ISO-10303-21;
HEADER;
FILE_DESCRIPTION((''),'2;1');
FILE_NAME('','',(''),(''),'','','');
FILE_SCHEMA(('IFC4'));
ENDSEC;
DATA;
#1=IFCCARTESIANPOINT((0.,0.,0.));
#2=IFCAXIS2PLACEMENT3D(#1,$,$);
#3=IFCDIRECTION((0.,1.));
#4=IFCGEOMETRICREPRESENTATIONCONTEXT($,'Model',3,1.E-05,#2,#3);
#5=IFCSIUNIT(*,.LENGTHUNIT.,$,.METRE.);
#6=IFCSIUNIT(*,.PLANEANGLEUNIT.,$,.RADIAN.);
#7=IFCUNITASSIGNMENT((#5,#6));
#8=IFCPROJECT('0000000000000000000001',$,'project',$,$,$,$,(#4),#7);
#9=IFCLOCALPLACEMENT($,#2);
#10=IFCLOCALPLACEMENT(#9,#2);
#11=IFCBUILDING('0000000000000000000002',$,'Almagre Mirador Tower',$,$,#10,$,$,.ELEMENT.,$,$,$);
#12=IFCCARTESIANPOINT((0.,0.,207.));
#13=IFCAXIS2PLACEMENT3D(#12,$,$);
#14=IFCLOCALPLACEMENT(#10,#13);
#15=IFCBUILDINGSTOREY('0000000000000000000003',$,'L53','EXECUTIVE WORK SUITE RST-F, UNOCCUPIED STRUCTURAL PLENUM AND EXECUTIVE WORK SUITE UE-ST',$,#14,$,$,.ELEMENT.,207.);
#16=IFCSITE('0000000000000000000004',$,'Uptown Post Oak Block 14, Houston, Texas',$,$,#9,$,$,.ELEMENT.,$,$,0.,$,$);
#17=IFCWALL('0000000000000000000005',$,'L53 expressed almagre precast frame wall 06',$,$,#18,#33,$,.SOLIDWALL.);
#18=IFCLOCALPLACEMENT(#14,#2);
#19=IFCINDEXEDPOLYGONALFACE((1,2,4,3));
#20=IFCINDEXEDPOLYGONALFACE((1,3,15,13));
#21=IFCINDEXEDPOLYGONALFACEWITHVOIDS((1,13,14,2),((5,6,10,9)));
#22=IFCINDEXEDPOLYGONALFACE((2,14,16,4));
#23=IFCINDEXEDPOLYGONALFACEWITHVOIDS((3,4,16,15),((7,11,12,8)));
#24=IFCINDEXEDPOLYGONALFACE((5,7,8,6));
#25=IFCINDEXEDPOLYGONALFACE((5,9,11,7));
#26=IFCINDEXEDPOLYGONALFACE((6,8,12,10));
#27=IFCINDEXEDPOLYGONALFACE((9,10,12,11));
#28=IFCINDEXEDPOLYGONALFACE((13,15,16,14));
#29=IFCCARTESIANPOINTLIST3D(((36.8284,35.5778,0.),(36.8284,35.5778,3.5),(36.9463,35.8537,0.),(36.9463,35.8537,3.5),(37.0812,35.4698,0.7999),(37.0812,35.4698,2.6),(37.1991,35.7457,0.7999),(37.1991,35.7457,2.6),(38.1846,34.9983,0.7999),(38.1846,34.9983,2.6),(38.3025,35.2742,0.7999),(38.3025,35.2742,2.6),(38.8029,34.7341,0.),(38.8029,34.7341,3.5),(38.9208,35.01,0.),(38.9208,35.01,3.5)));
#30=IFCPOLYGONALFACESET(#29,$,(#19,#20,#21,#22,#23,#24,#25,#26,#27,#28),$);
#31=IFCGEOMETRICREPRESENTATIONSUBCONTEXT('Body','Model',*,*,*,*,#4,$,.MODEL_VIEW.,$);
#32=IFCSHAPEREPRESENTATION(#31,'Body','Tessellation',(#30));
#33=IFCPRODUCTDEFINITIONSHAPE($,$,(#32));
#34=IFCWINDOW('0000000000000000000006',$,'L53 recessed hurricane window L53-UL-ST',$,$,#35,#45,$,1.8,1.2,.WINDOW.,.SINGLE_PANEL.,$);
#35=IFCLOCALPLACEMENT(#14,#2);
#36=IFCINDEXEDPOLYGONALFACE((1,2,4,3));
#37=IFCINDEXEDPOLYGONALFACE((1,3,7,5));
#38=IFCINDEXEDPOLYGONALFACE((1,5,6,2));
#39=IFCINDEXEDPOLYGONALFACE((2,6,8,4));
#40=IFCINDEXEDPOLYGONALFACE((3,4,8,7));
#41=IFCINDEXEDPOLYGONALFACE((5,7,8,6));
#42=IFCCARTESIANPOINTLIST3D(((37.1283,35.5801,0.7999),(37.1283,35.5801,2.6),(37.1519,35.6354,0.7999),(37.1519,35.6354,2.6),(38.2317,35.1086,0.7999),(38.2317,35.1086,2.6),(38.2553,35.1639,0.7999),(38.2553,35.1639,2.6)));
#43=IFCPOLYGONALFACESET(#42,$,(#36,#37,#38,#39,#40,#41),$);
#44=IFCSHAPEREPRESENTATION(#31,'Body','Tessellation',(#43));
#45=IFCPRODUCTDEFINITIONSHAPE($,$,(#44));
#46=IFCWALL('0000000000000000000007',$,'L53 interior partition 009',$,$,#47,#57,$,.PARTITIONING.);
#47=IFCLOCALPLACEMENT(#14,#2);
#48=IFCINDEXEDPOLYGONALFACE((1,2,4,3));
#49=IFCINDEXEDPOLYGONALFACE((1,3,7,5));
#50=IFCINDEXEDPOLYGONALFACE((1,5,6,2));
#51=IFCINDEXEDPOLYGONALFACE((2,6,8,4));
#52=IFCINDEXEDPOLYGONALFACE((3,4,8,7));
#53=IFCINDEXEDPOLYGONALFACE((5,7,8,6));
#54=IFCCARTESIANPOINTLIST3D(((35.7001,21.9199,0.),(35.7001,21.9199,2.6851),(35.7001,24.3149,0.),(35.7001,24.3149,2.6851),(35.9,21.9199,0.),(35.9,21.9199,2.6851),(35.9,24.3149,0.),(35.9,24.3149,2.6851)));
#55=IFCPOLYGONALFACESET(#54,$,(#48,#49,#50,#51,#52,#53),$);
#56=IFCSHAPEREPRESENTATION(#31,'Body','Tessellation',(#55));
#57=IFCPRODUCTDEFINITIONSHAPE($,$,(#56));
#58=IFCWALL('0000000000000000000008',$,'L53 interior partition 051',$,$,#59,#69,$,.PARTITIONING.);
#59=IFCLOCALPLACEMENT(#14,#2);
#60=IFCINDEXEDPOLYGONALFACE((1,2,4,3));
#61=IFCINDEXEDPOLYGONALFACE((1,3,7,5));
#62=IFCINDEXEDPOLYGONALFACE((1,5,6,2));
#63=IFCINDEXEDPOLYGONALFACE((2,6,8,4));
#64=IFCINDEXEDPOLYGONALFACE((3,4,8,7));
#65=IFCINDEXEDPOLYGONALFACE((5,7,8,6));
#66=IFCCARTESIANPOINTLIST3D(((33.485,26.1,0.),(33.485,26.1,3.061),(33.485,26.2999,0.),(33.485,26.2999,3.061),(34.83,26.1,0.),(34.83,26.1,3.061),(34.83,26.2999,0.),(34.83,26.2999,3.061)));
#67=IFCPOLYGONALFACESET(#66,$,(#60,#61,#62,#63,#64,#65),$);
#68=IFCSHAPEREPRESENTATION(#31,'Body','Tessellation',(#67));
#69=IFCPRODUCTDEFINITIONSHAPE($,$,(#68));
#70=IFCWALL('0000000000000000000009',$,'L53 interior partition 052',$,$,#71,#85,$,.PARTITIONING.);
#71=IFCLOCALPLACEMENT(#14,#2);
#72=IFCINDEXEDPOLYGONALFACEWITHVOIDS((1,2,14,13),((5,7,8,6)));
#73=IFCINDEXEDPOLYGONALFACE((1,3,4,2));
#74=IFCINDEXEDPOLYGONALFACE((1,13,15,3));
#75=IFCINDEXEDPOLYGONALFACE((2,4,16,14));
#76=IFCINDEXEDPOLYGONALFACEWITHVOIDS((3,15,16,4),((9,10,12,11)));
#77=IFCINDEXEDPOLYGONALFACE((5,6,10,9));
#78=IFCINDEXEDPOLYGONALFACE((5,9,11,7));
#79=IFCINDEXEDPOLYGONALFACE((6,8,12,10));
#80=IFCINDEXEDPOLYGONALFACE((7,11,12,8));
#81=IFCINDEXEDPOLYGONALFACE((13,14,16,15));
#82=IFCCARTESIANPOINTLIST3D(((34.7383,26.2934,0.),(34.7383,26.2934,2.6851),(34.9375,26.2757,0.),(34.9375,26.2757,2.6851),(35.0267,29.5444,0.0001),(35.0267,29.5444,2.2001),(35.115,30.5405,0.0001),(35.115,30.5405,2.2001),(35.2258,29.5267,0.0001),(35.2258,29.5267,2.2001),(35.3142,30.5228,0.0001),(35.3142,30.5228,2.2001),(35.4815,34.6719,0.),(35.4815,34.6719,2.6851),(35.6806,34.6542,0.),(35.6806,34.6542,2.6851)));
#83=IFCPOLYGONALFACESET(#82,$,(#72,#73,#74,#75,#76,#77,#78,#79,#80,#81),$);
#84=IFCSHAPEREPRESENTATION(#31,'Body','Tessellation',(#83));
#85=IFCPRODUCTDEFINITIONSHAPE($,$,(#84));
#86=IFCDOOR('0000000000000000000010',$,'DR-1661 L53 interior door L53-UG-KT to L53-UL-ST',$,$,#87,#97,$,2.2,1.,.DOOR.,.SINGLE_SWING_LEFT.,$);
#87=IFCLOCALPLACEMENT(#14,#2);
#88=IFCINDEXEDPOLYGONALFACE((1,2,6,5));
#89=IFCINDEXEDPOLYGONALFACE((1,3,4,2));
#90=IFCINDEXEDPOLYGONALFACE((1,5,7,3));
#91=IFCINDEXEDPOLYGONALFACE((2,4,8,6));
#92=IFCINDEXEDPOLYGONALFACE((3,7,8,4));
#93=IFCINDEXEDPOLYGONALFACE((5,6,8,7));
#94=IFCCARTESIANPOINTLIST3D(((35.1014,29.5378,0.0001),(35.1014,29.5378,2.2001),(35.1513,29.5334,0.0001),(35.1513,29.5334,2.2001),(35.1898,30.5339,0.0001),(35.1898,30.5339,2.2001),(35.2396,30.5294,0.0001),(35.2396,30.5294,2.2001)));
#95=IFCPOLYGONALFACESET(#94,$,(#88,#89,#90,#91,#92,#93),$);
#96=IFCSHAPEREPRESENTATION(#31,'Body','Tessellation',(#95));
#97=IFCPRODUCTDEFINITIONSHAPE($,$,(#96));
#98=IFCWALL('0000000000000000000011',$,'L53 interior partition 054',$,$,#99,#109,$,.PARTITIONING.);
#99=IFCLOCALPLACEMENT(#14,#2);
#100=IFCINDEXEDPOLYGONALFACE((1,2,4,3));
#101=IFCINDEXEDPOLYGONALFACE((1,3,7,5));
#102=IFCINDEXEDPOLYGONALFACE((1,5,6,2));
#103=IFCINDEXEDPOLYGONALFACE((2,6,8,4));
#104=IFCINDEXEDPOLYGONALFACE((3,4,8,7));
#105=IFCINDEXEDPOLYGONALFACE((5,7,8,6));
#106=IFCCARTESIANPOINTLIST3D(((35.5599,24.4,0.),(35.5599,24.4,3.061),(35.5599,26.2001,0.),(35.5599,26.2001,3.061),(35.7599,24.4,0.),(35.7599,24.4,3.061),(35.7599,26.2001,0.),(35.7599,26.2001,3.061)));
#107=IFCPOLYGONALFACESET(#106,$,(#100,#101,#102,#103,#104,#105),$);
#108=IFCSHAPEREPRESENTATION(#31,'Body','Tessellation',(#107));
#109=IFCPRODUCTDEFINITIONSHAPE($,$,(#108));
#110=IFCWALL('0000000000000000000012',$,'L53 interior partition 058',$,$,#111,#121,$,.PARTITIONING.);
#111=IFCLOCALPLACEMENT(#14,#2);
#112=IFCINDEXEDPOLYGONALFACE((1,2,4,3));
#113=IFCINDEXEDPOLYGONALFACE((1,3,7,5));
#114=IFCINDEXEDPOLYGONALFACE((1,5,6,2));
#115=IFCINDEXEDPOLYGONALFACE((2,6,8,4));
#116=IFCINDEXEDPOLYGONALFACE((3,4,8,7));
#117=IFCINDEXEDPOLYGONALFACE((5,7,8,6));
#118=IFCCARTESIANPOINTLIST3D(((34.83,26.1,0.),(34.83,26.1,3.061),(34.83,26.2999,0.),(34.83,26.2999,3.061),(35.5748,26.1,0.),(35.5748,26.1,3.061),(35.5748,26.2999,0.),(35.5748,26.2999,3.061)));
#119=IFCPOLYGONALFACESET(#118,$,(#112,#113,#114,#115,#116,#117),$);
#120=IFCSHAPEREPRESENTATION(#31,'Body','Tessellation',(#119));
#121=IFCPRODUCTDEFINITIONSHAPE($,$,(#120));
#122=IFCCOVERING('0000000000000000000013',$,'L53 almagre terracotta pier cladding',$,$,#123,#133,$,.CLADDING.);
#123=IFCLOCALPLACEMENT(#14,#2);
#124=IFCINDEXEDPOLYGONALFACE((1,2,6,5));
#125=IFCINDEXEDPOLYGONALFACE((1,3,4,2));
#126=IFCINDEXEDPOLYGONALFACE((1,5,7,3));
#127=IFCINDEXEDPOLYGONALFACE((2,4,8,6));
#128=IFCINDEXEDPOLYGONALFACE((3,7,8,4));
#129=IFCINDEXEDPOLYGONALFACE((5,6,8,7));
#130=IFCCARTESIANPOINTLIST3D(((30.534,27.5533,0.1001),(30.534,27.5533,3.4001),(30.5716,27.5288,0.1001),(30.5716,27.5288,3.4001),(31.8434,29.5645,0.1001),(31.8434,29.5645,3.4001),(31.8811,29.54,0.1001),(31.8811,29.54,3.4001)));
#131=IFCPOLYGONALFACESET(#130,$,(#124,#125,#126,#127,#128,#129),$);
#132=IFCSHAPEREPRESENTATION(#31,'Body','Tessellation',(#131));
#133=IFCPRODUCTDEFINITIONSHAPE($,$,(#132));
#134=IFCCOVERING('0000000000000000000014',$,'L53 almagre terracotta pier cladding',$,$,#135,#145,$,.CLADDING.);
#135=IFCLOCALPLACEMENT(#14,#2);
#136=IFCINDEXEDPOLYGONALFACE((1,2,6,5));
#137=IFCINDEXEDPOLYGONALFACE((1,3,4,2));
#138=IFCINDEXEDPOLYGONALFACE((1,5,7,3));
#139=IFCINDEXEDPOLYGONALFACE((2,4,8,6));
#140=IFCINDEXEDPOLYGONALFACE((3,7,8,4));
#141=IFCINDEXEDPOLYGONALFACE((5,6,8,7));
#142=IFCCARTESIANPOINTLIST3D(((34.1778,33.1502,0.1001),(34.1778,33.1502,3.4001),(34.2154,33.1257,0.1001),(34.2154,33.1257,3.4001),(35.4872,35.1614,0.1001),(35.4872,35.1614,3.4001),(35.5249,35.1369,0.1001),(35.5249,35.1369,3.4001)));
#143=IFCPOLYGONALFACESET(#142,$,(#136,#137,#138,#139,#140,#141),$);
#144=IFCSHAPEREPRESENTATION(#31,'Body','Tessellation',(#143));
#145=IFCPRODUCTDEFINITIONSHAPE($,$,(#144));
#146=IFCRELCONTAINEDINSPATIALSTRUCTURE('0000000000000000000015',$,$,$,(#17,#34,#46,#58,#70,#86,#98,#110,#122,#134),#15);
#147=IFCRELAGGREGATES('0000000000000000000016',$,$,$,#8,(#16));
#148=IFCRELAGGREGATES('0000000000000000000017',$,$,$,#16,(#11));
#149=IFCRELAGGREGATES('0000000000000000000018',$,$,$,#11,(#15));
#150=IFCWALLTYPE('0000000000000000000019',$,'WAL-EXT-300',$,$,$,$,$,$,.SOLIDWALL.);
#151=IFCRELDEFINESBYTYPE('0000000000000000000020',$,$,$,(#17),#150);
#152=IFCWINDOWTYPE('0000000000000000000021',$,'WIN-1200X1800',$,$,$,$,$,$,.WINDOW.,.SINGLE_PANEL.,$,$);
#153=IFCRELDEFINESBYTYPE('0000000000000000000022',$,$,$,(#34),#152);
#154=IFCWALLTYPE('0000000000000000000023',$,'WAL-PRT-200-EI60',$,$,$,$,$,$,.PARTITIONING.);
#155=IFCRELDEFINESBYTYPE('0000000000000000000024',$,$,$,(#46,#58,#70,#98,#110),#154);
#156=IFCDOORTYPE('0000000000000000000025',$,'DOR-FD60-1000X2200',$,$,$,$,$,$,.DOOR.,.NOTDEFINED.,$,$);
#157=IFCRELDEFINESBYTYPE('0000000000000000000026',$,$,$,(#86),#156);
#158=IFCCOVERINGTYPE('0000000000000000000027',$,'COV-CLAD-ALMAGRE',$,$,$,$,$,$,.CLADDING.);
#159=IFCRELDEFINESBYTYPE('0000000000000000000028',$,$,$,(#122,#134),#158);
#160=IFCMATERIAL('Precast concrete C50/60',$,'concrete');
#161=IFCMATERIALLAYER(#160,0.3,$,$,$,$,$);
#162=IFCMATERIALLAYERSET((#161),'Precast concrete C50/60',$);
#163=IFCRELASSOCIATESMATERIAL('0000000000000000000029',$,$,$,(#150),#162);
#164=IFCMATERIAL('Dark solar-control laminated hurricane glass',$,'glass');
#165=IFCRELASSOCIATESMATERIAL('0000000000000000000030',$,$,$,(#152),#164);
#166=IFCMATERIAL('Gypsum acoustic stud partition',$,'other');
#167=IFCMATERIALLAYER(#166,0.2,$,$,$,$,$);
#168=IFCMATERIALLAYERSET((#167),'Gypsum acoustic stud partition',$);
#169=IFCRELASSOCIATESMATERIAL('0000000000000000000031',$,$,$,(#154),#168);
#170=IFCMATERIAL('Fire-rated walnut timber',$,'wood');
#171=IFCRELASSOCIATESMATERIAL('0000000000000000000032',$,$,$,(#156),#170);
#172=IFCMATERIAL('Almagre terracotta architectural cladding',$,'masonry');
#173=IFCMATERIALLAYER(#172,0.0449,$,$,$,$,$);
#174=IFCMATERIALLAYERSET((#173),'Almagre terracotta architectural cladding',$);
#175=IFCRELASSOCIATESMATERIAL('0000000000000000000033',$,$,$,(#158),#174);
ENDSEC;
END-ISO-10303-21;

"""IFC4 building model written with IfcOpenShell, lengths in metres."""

from ifc_helpers import new_model, si_unit, direction, frame, frame_2d, origin, origin_2d, place, context, subcontext, project, spatial, rectangle, extrude, material, layer, layer_set, type_object, element, fill, save


model = new_model("IFC4")

# Units and contexts
model_context = context("Model", 3, precision=1e-05, world=origin(), true_north=direction((0.0, 1.0)))
body_context = subcontext(model_context, "Body", "Model", "MODEL_VIEW")
ifc_project = project(units=[si_unit("LENGTHUNIT", "METRE"), si_unit("PLANEANGLEUNIT", "RADIAN")], contexts=[model_context])

# Site, building, storey
site_placement = place(None, origin())
site = spatial("IfcSite", under=ifc_project, at=site_placement, Name="Uptown Post Oak Block 14, Houston, Texas", CompositionType="ELEMENT", RefElevation=0.0)
building_placement = place(site_placement, origin())
building = spatial("IfcBuilding", under=site, at=building_placement, Name="Almagre Mirador Tower", CompositionType="ELEMENT")
storey_placement = place(building_placement, frame((0.0, 0.0, 207.0)))
storey = spatial("IfcBuildingStorey", under=building, at=storey_placement, Name="L53", Description="EXECUTIVE WORK SUITE RST-F, UNOCCUPIED STRUCTURAL PLENUM AND EXECUTIVE WORK SUITE UE-ST", CompositionType="ELEMENT", Elevation=207.0)

# Shared definitions
ifc_material_1 = material(Name="Precast concrete C50/60", Category="concrete")
ifc_layer_1 = layer(ifc_material_1, 0.3)
ifc_layer_set_1 = layer_set([ifc_layer_1], Name="Precast concrete C50/60")
wall_type_1 = type_object("IfcWallType", Name="WAL-EXT-300", PredefinedType="SOLIDWALL", material=ifc_layer_set_1)

# Wall, opening, window
wall_1_placement = place(storey_placement, frame((36.8872, 35.7158, 0.0), z_axis=(0.0, 0.0, 1.0), x_axis=(0.919568, -0.392931, 0.0)))
wall_1 = element("IfcWall", 1, at=wall_1_placement, inside=storey, type_object=wall_type_1, Name="L53 expressed almagre precast frame wall 06", PredefinedType="SOLIDWALL", context=body_context, shape_type="SweptSolid", body=[
    extrude(rectangle(XDim=2.1472, YDim=0.3, at=frame_2d((1.0737, 0.0))), origin(), (0.0, 0.0, 1.0), 3.5),
])
opening_1_placement = place(wall_1_placement, frame((0.2749, 0.0, 0.8)))
opening_1 = element("IfcOpeningElement", 2, at=opening_1_placement, cuts=wall_1, PredefinedType="OPENING", context=body_context, shape_type="SweptSolid", body=[
    extrude(rectangle(XDim=1.2, YDim=1.8, at=frame_2d((0.6001, 0.8999))), frame((0.0, 0.1599, 0.0), z_axis=(0.0, -1.0, 0.0), x_axis=(1.0, 0.0, 0.0)), (0.0, 0.0, 1.0), 0.32),
])
ifc_material_2 = material(Name="Dark solar-control laminated hurricane glass", Category="glass")
window_type_1 = type_object("IfcWindowType", Name="WIN-1200X1800", PartitioningType="SINGLE_PANEL", PredefinedType="WINDOW", material=ifc_material_2)
window_1_placement = place(opening_1_placement, origin())
window_1 = element("IfcWindow", 3, at=window_1_placement, inside=storey, type_object=window_type_1, Name="L53 recessed hurricane window L53-UL-ST", OverallHeight=1.8, OverallWidth=1.2, PartitioningType="SINGLE_PANEL", PredefinedType="WINDOW", context=body_context, shape_type="SweptSolid", body=[
    extrude(rectangle(XDim=1.2, YDim=1.8, at=frame_2d((0.6001, 0.8999))), frame((0.0, 0.03, 0.0), z_axis=(0.0, -1.0, 0.0), x_axis=(1.0, 0.0, 0.0)), (0.0, 0.0, 1.0), 0.0601),
])
fill(opening_1, window_1)

# Walls
ifc_material_3 = material(Name="Gypsum acoustic stud partition", Category="other")
ifc_layer_2 = layer(ifc_material_3, 0.2)
ifc_layer_set_2 = layer_set([ifc_layer_2], Name="Gypsum acoustic stud partition")
wall_type_2 = type_object("IfcWallType", Name="WAL-PRT-200-EI60", PredefinedType="PARTITIONING", material=ifc_layer_set_2)
wall_2_placement = place(storey_placement, frame((35.8, 24.3149, 0.0), z_axis=(0.0, 0.0, 1.0), x_axis=(0.0, -1.0, 0.0)))
element("IfcWall", 4, at=wall_2_placement, inside=storey, type_object=wall_type_2, Name="L53 interior partition 009", PredefinedType="PARTITIONING", context=body_context, shape_type="SweptSolid", body=[
    extrude(rectangle(XDim=2.395, YDim=0.2, at=frame_2d((1.1975, 0.0))), origin(), (0.0, 0.0, 1.0), 2.6851),
])
wall_3_placement = place(storey_placement, frame((33.4851, 26.2, 0.0), z_axis=(0.0, 0.0, 1.0), x_axis=(1.0, 0.0, 0.0)))
element("IfcWall", 5, at=wall_3_placement, inside=storey, type_object=wall_type_2, Name="L53 interior partition 051", PredefinedType="PARTITIONING", context=body_context, shape_type="SweptSolid", body=[
    extrude(rectangle(XDim=1.345, YDim=0.2, at=frame_2d((0.6724, 0.0))), origin(), (0.0, 0.0, 1.0), 3.061),
])

# Wall, opening, door
wall_4_placement = place(storey_placement, frame((34.8379, 26.2847, 0.0), z_axis=(0.0, 0.0, 1.0), x_axis=(0.088353, 0.996089, 0.0)))
wall_4 = element("IfcWall", 6, at=wall_4_placement, inside=storey, type_object=wall_type_2, Name="L53 interior partition 052", PredefinedType="PARTITIONING", context=body_context, shape_type="SweptSolid", body=[
    extrude(rectangle(XDim=8.4114, YDim=0.2, at=frame_2d((4.2056, 0.0))), origin(), (0.0, 0.0, 1.0), 2.6851),
])
opening_2_placement = place(wall_4_placement, frame((3.2637, 0.0, 0.0)))
opening_2 = element("IfcOpeningElement", 7, at=opening_2_placement, cuts=wall_4, PredefinedType="OPENING", context=body_context, shape_type="SweptSolid", body=[
    extrude(rectangle(XDim=1.0, YDim=2.2, at=frame_2d((0.5, 1.1001))), frame((0.0, 0.1101, 0.0), z_axis=(0.0, -1.0, 0.0), x_axis=(1.0, 0.0, 0.0)), (0.0, 0.0, 1.0), 0.22),
])
ifc_material_4 = material(Name="Fire-rated walnut timber", Category="wood")
door_type = type_object("IfcDoorType", Name="DOR-FD60-1000X2200", OperationType="NOTDEFINED", PredefinedType="DOOR", material=ifc_material_4)
door_placement = place(opening_2_placement, origin())
door = element("IfcDoor", 8, at=door_placement, inside=storey, type_object=door_type, Name="DR-1661 L53 interior door L53-UG-KT to L53-UL-ST", OperationType="SINGLE_SWING_LEFT", OverallHeight=2.2, OverallWidth=1.0, PredefinedType="DOOR", context=body_context, shape_type="SweptSolid", body=[
    extrude(rectangle(XDim=1.0, YDim=2.2, at=frame_2d((0.5, 1.1001))), frame((0.0, 0.0249, 0.0), z_axis=(0.0, -1.0, 0.0), x_axis=(1.0, 0.0, 0.0)), (0.0, 0.0, 1.0), 0.05),
])
fill(opening_2, door)

# Walls
wall_5_placement = place(storey_placement, frame((35.6599, 26.2, 0.0), z_axis=(0.0, 0.0, 1.0), x_axis=(0.0, -1.0, 0.0)))
element("IfcWall", 9, at=wall_5_placement, inside=storey, type_object=wall_type_2, Name="L53 interior partition 054", PredefinedType="PARTITIONING", context=body_context, shape_type="SweptSolid", body=[
    extrude(rectangle(XDim=1.8, YDim=0.2, at=frame_2d((0.8999, 0.0))), origin(), (0.0, 0.0, 1.0), 3.061),
])
wall_6_placement = place(storey_placement, frame((35.575, 26.2, 0.0), z_axis=(0.0, 0.0, 1.0), x_axis=(-1.0, 0.0, 0.0)))
element("IfcWall", 10, at=wall_6_placement, inside=storey, type_object=wall_type_2, Name="L53 interior partition 058", PredefinedType="PARTITIONING", context=body_context, shape_type="SweptSolid", body=[
    extrude(rectangle(XDim=0.7449, YDim=0.2, at=frame_2d((0.3726, 0.0))), origin(), (0.0, 0.0, 1.0), 3.061),
])

# Coverings
ifc_material_5 = material(Name="Almagre terracotta architectural cladding", Category="masonry")
ifc_layer_3 = layer(ifc_material_5, 0.0449)
ifc_layer_set_3 = layer_set([ifc_layer_3], Name="Almagre terracotta architectural cladding")
covering_type = type_object("IfcCoveringType", Name="COV-CLAD-ALMAGRE", PredefinedType="CLADDING", material=ifc_layer_set_3)
for number, where, z_axis, x_axis, name in (
    (11, (31.2075, 28.5466, 0.1001), (0.0, 0.0, 1.0), (0.545619, 0.838033, 0.0), "L53 almagre terracotta pier cladding"),
    (12, (34.8513, 34.1436, 0.1001), (0.0, 0.0, 1.0), (0.545619, 0.838033, 0.0), "L53 almagre terracotta pier cladding"),
):
    element("IfcCovering", number, at=place(storey_placement, frame(where, z_axis=z_axis, x_axis=x_axis)), inside=storey, type_object=covering_type, Name=name, PredefinedType="CLADDING", context=body_context, shape_type="SweptSolid", body=[
        extrude(rectangle(XDim=2.3999, YDim=0.0449, at=origin_2d()), origin(), (0.0, 0.0, 1.0), 3.3),
    ])

save(model, "model.ifc")
